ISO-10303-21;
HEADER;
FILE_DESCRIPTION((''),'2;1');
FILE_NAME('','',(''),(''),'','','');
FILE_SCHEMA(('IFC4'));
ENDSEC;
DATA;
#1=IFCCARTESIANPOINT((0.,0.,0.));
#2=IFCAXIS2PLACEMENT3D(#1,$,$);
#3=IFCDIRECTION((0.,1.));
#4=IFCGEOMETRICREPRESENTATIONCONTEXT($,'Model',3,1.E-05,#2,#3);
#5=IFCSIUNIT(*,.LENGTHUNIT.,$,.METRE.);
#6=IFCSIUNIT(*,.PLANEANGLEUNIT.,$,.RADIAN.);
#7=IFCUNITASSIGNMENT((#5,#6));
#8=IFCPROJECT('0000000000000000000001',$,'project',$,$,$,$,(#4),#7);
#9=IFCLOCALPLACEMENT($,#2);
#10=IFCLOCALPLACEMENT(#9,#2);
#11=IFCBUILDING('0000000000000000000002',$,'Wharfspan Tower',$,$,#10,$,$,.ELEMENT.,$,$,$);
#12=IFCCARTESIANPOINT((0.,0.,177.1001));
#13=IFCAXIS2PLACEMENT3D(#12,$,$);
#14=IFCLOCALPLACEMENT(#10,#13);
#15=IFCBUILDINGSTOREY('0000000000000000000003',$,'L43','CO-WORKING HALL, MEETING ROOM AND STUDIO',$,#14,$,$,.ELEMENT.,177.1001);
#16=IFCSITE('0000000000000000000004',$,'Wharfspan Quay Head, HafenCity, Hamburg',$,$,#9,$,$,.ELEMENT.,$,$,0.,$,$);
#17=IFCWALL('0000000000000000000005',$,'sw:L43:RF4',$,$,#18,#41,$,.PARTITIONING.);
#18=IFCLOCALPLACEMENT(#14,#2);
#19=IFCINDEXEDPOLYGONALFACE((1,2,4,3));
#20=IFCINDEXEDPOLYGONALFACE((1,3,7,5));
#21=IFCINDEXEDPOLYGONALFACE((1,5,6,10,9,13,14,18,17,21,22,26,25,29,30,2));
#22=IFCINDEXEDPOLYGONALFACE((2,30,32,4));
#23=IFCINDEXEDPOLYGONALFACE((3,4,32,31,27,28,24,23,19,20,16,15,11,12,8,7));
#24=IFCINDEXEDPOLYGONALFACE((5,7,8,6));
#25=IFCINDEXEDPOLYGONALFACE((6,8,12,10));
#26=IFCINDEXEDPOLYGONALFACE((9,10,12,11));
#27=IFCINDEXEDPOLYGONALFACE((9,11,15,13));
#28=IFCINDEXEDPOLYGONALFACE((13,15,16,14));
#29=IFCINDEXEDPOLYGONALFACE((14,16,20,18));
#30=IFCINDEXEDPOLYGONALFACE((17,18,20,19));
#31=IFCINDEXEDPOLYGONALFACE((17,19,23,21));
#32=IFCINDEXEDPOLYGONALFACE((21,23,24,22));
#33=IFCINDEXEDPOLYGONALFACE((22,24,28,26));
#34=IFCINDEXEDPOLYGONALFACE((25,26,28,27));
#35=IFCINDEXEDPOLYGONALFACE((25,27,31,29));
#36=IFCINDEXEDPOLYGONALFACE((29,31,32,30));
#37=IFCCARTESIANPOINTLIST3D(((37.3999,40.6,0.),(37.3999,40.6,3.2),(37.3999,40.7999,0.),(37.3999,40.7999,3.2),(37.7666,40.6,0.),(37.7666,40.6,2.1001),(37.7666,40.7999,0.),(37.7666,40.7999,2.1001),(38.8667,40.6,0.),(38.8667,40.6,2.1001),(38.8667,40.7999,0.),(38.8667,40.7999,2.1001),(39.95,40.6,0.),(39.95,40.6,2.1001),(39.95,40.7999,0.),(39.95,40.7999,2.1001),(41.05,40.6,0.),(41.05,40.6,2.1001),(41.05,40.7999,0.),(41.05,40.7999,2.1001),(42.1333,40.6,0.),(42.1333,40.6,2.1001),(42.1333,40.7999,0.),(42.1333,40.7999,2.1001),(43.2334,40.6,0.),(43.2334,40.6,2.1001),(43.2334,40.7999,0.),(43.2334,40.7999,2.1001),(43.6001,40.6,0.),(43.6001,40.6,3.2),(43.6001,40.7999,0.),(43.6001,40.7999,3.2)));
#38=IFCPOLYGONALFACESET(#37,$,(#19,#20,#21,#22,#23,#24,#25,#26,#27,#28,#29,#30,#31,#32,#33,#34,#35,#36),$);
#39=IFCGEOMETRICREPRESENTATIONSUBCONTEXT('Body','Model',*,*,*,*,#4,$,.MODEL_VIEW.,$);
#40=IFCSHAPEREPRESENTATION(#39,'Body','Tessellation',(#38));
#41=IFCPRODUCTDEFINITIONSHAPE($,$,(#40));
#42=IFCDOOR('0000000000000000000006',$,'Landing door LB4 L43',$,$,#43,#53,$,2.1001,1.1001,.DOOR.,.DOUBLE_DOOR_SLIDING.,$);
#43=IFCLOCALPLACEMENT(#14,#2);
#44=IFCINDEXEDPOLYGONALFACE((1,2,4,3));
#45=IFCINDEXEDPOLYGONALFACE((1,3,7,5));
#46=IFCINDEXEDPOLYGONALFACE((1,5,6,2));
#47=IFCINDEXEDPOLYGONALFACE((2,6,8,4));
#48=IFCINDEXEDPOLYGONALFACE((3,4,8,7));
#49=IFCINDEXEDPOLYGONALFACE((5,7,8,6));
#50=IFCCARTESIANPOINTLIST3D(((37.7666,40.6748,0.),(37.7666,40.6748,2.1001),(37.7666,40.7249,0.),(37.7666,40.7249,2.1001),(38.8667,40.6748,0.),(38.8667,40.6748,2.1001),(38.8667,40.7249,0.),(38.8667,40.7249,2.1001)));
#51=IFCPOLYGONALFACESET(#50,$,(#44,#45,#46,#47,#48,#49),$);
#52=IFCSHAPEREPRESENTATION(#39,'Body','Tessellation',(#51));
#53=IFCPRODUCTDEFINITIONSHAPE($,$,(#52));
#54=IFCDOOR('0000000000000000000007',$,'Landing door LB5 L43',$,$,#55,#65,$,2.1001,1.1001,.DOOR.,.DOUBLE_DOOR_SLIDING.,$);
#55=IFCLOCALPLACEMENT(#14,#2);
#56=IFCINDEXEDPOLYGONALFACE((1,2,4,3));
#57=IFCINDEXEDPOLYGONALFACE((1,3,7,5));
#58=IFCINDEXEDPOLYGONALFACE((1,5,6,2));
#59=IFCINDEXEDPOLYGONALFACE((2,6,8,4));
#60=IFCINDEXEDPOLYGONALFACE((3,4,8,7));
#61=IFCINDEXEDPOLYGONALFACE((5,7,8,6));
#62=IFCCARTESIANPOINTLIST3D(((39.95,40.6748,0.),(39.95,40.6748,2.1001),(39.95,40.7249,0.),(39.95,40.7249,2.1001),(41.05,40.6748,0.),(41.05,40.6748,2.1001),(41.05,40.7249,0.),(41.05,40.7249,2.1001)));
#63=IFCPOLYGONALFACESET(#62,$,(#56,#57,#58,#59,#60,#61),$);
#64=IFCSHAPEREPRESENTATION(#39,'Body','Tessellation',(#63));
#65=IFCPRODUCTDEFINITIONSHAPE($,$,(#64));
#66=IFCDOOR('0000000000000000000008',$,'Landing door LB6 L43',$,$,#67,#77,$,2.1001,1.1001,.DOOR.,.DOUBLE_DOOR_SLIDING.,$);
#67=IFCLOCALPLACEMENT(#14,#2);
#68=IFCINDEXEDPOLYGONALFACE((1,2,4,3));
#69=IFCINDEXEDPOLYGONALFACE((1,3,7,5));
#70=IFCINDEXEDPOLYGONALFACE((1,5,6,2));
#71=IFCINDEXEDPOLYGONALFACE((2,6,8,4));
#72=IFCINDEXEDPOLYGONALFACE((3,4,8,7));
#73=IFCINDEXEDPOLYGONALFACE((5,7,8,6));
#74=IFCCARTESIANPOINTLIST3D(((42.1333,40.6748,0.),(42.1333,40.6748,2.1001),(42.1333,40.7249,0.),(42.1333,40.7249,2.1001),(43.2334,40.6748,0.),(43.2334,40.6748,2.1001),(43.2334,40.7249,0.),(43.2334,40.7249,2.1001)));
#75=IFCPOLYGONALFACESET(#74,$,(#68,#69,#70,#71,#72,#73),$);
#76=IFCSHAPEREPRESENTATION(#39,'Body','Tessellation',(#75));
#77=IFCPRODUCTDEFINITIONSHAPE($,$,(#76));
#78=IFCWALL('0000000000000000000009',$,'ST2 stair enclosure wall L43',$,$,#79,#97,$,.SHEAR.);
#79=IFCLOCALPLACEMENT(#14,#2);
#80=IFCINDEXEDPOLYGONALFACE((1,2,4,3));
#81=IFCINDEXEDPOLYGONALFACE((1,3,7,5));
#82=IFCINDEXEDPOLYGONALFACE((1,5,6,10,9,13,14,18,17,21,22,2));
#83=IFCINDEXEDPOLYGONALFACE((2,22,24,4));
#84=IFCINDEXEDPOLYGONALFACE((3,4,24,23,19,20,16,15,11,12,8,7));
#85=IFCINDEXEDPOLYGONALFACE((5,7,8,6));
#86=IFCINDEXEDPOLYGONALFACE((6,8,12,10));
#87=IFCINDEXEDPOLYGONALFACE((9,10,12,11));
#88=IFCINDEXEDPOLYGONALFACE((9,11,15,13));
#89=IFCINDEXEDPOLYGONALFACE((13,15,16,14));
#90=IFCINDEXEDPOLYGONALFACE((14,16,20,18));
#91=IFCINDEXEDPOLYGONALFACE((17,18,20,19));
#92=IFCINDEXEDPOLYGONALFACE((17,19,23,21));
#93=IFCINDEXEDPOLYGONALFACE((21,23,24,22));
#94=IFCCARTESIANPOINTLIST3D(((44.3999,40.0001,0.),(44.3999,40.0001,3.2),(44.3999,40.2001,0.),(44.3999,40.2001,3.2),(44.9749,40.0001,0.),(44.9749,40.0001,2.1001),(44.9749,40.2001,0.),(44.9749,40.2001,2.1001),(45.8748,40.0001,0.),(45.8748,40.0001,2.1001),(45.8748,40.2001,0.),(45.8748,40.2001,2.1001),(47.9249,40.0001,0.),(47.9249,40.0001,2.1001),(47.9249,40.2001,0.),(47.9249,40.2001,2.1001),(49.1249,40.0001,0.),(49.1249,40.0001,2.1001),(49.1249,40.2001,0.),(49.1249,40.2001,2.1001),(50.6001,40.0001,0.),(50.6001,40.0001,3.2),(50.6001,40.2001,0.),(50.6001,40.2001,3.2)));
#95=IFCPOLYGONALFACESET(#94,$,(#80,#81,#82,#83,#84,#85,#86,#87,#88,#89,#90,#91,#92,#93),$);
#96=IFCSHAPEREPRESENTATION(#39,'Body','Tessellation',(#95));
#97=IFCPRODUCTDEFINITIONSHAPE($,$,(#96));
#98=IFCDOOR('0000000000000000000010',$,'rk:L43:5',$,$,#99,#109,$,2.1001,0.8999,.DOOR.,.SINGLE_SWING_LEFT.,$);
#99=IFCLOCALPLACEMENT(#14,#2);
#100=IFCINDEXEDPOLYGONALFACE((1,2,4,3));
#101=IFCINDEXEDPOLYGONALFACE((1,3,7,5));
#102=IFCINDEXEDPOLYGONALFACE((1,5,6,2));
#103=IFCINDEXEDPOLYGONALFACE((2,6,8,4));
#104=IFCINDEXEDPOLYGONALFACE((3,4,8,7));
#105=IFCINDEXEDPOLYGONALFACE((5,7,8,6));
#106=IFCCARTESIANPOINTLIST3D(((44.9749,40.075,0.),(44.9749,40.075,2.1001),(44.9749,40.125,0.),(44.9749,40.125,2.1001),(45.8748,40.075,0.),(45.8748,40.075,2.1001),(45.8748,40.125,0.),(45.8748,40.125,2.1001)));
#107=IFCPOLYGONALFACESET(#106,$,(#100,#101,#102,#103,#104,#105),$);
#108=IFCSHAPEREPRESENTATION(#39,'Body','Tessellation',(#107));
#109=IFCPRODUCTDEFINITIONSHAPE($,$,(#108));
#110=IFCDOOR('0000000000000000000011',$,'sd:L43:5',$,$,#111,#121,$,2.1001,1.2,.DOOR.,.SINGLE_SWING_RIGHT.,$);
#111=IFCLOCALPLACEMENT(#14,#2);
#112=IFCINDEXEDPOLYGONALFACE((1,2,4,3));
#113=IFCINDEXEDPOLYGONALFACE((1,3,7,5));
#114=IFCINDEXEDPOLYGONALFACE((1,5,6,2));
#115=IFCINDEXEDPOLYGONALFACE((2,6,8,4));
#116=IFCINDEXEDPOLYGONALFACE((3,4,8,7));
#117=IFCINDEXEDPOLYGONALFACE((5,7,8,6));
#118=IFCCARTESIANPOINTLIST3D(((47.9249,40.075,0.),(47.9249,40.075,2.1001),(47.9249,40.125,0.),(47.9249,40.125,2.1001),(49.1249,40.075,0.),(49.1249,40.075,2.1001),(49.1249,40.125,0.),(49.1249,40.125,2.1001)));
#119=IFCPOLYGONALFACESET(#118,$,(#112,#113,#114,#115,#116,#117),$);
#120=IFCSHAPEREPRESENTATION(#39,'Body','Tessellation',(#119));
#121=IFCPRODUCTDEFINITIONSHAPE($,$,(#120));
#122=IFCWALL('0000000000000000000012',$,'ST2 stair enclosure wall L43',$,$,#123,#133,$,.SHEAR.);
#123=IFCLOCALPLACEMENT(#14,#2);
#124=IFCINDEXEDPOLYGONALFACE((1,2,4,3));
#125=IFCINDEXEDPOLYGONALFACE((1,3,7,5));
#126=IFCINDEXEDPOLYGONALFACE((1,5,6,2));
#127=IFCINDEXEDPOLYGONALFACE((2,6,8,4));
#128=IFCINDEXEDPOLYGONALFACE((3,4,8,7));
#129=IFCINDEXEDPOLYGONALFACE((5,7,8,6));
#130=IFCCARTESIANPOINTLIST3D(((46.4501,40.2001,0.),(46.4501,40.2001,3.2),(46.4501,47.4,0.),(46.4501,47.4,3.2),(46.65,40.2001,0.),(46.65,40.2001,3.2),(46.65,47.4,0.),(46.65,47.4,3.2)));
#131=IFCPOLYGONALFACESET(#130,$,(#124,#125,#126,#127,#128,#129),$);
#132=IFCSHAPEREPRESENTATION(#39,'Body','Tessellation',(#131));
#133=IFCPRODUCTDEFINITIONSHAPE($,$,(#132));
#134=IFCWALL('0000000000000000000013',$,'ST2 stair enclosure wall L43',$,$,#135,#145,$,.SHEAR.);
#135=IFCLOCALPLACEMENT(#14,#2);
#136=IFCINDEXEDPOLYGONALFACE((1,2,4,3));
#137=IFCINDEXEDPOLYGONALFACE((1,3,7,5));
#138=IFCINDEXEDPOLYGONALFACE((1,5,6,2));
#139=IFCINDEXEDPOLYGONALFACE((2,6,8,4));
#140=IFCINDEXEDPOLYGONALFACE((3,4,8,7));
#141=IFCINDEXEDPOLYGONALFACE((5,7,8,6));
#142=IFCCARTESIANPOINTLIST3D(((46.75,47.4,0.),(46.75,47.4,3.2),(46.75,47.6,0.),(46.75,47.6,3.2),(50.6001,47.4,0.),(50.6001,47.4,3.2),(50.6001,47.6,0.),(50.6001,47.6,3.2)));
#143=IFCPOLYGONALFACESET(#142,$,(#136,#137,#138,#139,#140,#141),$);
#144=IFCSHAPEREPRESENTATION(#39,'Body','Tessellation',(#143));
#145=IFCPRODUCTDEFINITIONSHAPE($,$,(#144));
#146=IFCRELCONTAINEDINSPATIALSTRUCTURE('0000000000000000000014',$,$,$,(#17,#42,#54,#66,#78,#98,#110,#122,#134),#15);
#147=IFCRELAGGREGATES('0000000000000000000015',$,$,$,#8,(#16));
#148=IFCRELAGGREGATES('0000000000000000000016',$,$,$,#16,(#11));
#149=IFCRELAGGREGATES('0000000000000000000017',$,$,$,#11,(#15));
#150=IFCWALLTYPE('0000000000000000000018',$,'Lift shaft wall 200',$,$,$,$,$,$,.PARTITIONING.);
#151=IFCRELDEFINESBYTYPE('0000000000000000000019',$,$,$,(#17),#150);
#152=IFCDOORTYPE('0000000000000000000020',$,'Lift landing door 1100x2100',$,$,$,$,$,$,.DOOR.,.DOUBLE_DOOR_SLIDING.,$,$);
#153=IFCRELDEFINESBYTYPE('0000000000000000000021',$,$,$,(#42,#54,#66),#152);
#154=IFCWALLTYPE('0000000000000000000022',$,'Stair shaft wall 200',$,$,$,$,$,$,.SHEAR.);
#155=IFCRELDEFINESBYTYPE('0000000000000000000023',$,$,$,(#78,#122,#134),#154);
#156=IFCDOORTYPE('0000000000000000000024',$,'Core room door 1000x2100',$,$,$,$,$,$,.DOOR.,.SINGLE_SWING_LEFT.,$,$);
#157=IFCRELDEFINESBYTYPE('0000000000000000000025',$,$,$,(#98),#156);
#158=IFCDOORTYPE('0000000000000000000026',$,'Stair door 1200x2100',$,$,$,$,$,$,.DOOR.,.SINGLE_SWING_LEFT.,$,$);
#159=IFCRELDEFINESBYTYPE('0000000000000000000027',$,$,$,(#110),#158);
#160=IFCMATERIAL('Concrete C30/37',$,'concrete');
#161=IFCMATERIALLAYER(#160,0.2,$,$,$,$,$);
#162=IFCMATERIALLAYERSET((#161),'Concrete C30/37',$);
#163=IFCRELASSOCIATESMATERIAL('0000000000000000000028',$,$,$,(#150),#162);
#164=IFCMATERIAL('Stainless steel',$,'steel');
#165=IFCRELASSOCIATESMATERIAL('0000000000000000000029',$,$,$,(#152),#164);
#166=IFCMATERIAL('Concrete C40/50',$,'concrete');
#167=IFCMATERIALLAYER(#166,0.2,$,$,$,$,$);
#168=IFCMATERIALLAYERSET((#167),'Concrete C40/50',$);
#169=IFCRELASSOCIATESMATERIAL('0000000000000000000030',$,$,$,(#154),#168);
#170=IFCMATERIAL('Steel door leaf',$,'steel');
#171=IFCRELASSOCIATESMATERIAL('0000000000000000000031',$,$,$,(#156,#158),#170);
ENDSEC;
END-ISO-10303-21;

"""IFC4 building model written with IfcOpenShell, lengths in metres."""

from ifc_helpers import new_model, si_unit, direction, frame, frame_2d, origin, place, context, subcontext, project, spatial, rectangle, extrude, material, layer, layer_set, type_object, element, fill, save


model = new_model("IFC4")

# Units and contexts
model_context = context("Model", 3, precision=1e-05, world=origin(), true_north=direction((0.0, 1.0)))
body_context = subcontext(model_context, "Body", "Model", "MODEL_VIEW")
ifc_project = project(units=[si_unit("LENGTHUNIT", "METRE"), si_unit("PLANEANGLEUNIT", "RADIAN")], contexts=[model_context])

# Site, building, storey
site_placement = place(None, origin())
site = spatial("IfcSite", under=ifc_project, at=site_placement, Name="Wharfspan Quay Head, HafenCity, Hamburg", CompositionType="ELEMENT", RefElevation=0.0)
building_placement = place(site_placement, origin())
building = spatial("IfcBuilding", under=site, at=building_placement, Name="Wharfspan Tower", CompositionType="ELEMENT")
storey_placement = place(building_placement, frame((0.0, 0.0, 177.1001)))
storey = spatial("IfcBuildingStorey", under=building, at=storey_placement, Name="L43", Description="CO-WORKING HALL, MEETING ROOM AND STUDIO", CompositionType="ELEMENT", Elevation=177.1001)

# Walls, openings, doors
ifc_material_1 = material(Name="Concrete C30/37", Category="concrete")
ifc_layer_1 = layer(ifc_material_1, 0.2)
ifc_layer_set_1 = layer_set([ifc_layer_1], Name="Concrete C30/37")
wall_type_1 = type_object("IfcWallType", Name="Lift shaft wall 200", PredefinedType="PARTITIONING", material=ifc_layer_set_1)
wall_1_placement = place(storey_placement, frame((37.3999, 40.7, 0.0), z_axis=(0.0, 0.0, 1.0), x_axis=(1.0, 0.0, 0.0)))
wall_1 = element("IfcWall", 1, at=wall_1_placement, inside=storey, type_object=wall_type_1, Name="sw:L43:RF4", PredefinedType="PARTITIONING", context=body_context, shape_type="SweptSolid", body=[
    extrude(rectangle(XDim=6.2002, YDim=0.2, at=frame_2d((3.1001, 0.0))), origin(), (0.0, 0.0, 1.0), 3.2),
])
opening_1_placement = place(wall_1_placement, frame((0.3667, 0.0, 0.0)))
opening_1 = element("IfcOpeningElement", 2, at=opening_1_placement, cuts=wall_1, PredefinedType="OPENING", context=body_context, shape_type="SweptSolid", body=[
    extrude(rectangle(XDim=1.1001, YDim=2.1001, at=frame_2d((0.55, 1.05))), frame((0.0, 0.1099, 0.0), z_axis=(0.0, -1.0, 0.0), x_axis=(1.0, 0.0, 0.0)), (0.0, 0.0, 1.0), 0.22),
])
opening_2_placement = place(wall_1_placement, frame((2.55, 0.0, 0.0)))
opening_2 = element("IfcOpeningElement", 3, at=opening_2_placement, cuts=wall_1, PredefinedType="OPENING", context=body_context, shape_type="SweptSolid", body=[
    extrude(rectangle(XDim=1.1001, YDim=2.1001, at=frame_2d((0.55, 1.05))), frame((0.0, 0.1099, 0.0), z_axis=(0.0, -1.0, 0.0), x_axis=(1.0, 0.0, 0.0)), (0.0, 0.0, 1.0), 0.22),
])
opening_3_placement = place(wall_1_placement, frame((4.7334, 0.0, 0.0)))
opening_3 = element("IfcOpeningElement", 4, at=opening_3_placement, cuts=wall_1, PredefinedType="OPENING", context=body_context, shape_type="SweptSolid", body=[
    extrude(rectangle(XDim=1.1001, YDim=2.1001, at=frame_2d((0.55, 1.05))), frame((0.0, 0.1099, 0.0), z_axis=(0.0, -1.0, 0.0), x_axis=(1.0, 0.0, 0.0)), (0.0, 0.0, 1.0), 0.22),
])
ifc_material_2 = material(Name="Stainless steel", Category="steel")
door_type_1 = type_object("IfcDoorType", Name="Lift landing door 1100x2100", OperationType="DOUBLE_DOOR_SLIDING", PredefinedType="DOOR", material=ifc_material_2)
door_1_placement = place(opening_1_placement, origin())
door_1 = element("IfcDoor", 5, at=door_1_placement, inside=storey, type_object=door_type_1, Name="Landing door LB4 L43", OperationType="DOUBLE_DOOR_SLIDING", OverallHeight=2.1001, OverallWidth=1.1001, PredefinedType="DOOR", context=body_context, shape_type="SweptSolid", body=[
    extrude(rectangle(XDim=1.1001, YDim=2.1001, at=frame_2d((0.55, 1.05))), frame((0.0, 0.0249, 0.0), z_axis=(0.0, -1.0, 0.0), x_axis=(1.0, 0.0, 0.0)), (0.0, 0.0, 1.0), 0.05),
])
fill(opening_1, door_1)
door_2_placement = place(opening_2_placement, origin())
door_2 = element("IfcDoor", 6, at=door_2_placement, inside=storey, type_object=door_type_1, Name="Landing door LB5 L43", OperationType="DOUBLE_DOOR_SLIDING", OverallHeight=2.1001, OverallWidth=1.1001, PredefinedType="DOOR", context=body_context, shape_type="SweptSolid", body=[
    extrude(rectangle(XDim=1.1001, YDim=2.1001, at=frame_2d((0.55, 1.05))), frame((0.0, 0.0249, 0.0), z_axis=(0.0, -1.0, 0.0), x_axis=(1.0, 0.0, 0.0)), (0.0, 0.0, 1.0), 0.05),
])
fill(opening_2, door_2)
door_3_placement = place(opening_3_placement, origin())
door_3 = element("IfcDoor", 7, at=door_3_placement, inside=storey, type_object=door_type_1, Name="Landing door LB6 L43", OperationType="DOUBLE_DOOR_SLIDING", OverallHeight=2.1001, OverallWidth=1.1001, PredefinedType="DOOR", context=body_context, shape_type="SweptSolid", body=[
    extrude(rectangle(XDim=1.1001, YDim=2.1001, at=frame_2d((0.55, 1.05))), frame((0.0, 0.0249, 0.0), z_axis=(0.0, -1.0, 0.0), x_axis=(1.0, 0.0, 0.0)), (0.0, 0.0, 1.0), 0.05),
])
fill(opening_3, door_3)
ifc_material_3 = material(Name="Concrete C40/50", Category="concrete")
ifc_layer_2 = layer(ifc_material_3, 0.2)
ifc_layer_set_2 = layer_set([ifc_layer_2], Name="Concrete C40/50")
wall_type_2 = type_object("IfcWallType", Name="Stair shaft wall 200", PredefinedType="SHEAR", material=ifc_layer_set_2)
wall_2_placement = place(storey_placement, frame((44.3999, 40.1001, 0.0), z_axis=(0.0, 0.0, 1.0), x_axis=(1.0, 0.0, 0.0)))
wall_2 = element("IfcWall", 8, at=wall_2_placement, inside=storey, type_object=wall_type_2, Name="ST2 stair enclosure wall L43", PredefinedType="SHEAR", context=body_context, shape_type="SweptSolid", body=[
    extrude(rectangle(XDim=6.2002, YDim=0.2, at=frame_2d((3.1001, 0.0))), origin(), (0.0, 0.0, 1.0), 3.2),
])
opening_4_placement = place(wall_2_placement, frame((3.5249, 0.0, 0.0)))
opening_4 = element("IfcOpeningElement", 9, at=opening_4_placement, cuts=wall_2, PredefinedType="OPENING", context=body_context, shape_type="SweptSolid", body=[
    extrude(rectangle(XDim=1.2, YDim=2.1001, at=frame_2d((0.6001, 1.05))), frame((0.0, 0.1099, 0.0), z_axis=(0.0, -1.0, 0.0), x_axis=(1.0, 0.0, 0.0)), (0.0, 0.0, 1.0), 0.22),
])
opening_5_placement = place(wall_2_placement, frame((0.575, 0.0, 0.0)))
opening_5 = element("IfcOpeningElement", 10, at=opening_5_placement, cuts=wall_2, PredefinedType="OPENING", context=body_context, shape_type="SweptSolid", body=[
    extrude(rectangle(XDim=0.8999, YDim=2.1001, at=frame_2d((0.45, 1.05))), frame((0.0, 0.1099, 0.0), z_axis=(0.0, -1.0, 0.0), x_axis=(1.0, 0.0, 0.0)), (0.0, 0.0, 1.0), 0.22),
])
ifc_material_4 = material(Name="Steel door leaf", Category="steel")
door_type_2 = type_object("IfcDoorType", Name="Core room door 1000x2100", OperationType="SINGLE_SWING_LEFT", PredefinedType="DOOR", material=ifc_material_4)
door_4_placement = place(opening_5_placement, origin())
door_4 = element("IfcDoor", 11, at=door_4_placement, inside=storey, type_object=door_type_2, Name="rk:L43:5", OperationType="SINGLE_SWING_LEFT", OverallHeight=2.1001, OverallWidth=0.8999, PredefinedType="DOOR", context=body_context, shape_type="SweptSolid", body=[
    extrude(rectangle(XDim=0.8999, YDim=2.1001, at=frame_2d((0.45, 1.05))), frame((0.0, 0.0249, 0.0), z_axis=(0.0, -1.0, 0.0), x_axis=(1.0, 0.0, 0.0)), (0.0, 0.0, 1.0), 0.05),
])
fill(opening_5, door_4)
door_type_3 = type_object("IfcDoorType", Name="Stair door 1200x2100", OperationType="SINGLE_SWING_LEFT", PredefinedType="DOOR", material=ifc_material_4)
door_5_placement = place(opening_4_placement, origin())
door_5 = element("IfcDoor", 12, at=door_5_placement, inside=storey, type_object=door_type_3, Name="sd:L43:5", OperationType="SINGLE_SWING_RIGHT", OverallHeight=2.1001, OverallWidth=1.2, PredefinedType="DOOR", context=body_context, shape_type="SweptSolid", body=[
    extrude(rectangle(XDim=1.2, YDim=2.1001, at=frame_2d((0.6001, 1.05))), frame((0.0, 0.0249, 0.0), z_axis=(0.0, -1.0, 0.0), x_axis=(1.0, 0.0, 0.0)), (0.0, 0.0, 1.0), 0.05),
])
fill(opening_4, door_5)

# Walls
wall_3_placement = place(storey_placement, frame((46.55, 40.2, 0.0), z_axis=(0.0, 0.0, 1.0), x_axis=(0.0, 1.0, 0.0)))
element("IfcWall", 13, at=wall_3_placement, inside=storey, type_object=wall_type_2, Name="ST2 stair enclosure wall L43", PredefinedType="SHEAR", context=body_context, shape_type="SweptSolid", body=[
    extrude(rectangle(XDim=7.2, YDim=0.2, at=frame_2d((3.6001, 0.0))), origin(), (0.0, 0.0, 1.0), 3.2),
])
wall_4_placement = place(storey_placement, frame((46.75, 47.5, 0.0), z_axis=(0.0, 0.0, 1.0), x_axis=(1.0, 0.0, 0.0)))
element("IfcWall", 14, at=wall_4_placement, inside=storey, type_object=wall_type_2, Name="ST2 stair enclosure wall L43", PredefinedType="SHEAR", context=body_context, shape_type="SweptSolid", body=[
    extrude(rectangle(XDim=3.8501, YDim=0.2, at=frame_2d((1.925, 0.0))), origin(), (0.0, 0.0, 1.0), 3.2),
])

save(model, "model.ifc")
